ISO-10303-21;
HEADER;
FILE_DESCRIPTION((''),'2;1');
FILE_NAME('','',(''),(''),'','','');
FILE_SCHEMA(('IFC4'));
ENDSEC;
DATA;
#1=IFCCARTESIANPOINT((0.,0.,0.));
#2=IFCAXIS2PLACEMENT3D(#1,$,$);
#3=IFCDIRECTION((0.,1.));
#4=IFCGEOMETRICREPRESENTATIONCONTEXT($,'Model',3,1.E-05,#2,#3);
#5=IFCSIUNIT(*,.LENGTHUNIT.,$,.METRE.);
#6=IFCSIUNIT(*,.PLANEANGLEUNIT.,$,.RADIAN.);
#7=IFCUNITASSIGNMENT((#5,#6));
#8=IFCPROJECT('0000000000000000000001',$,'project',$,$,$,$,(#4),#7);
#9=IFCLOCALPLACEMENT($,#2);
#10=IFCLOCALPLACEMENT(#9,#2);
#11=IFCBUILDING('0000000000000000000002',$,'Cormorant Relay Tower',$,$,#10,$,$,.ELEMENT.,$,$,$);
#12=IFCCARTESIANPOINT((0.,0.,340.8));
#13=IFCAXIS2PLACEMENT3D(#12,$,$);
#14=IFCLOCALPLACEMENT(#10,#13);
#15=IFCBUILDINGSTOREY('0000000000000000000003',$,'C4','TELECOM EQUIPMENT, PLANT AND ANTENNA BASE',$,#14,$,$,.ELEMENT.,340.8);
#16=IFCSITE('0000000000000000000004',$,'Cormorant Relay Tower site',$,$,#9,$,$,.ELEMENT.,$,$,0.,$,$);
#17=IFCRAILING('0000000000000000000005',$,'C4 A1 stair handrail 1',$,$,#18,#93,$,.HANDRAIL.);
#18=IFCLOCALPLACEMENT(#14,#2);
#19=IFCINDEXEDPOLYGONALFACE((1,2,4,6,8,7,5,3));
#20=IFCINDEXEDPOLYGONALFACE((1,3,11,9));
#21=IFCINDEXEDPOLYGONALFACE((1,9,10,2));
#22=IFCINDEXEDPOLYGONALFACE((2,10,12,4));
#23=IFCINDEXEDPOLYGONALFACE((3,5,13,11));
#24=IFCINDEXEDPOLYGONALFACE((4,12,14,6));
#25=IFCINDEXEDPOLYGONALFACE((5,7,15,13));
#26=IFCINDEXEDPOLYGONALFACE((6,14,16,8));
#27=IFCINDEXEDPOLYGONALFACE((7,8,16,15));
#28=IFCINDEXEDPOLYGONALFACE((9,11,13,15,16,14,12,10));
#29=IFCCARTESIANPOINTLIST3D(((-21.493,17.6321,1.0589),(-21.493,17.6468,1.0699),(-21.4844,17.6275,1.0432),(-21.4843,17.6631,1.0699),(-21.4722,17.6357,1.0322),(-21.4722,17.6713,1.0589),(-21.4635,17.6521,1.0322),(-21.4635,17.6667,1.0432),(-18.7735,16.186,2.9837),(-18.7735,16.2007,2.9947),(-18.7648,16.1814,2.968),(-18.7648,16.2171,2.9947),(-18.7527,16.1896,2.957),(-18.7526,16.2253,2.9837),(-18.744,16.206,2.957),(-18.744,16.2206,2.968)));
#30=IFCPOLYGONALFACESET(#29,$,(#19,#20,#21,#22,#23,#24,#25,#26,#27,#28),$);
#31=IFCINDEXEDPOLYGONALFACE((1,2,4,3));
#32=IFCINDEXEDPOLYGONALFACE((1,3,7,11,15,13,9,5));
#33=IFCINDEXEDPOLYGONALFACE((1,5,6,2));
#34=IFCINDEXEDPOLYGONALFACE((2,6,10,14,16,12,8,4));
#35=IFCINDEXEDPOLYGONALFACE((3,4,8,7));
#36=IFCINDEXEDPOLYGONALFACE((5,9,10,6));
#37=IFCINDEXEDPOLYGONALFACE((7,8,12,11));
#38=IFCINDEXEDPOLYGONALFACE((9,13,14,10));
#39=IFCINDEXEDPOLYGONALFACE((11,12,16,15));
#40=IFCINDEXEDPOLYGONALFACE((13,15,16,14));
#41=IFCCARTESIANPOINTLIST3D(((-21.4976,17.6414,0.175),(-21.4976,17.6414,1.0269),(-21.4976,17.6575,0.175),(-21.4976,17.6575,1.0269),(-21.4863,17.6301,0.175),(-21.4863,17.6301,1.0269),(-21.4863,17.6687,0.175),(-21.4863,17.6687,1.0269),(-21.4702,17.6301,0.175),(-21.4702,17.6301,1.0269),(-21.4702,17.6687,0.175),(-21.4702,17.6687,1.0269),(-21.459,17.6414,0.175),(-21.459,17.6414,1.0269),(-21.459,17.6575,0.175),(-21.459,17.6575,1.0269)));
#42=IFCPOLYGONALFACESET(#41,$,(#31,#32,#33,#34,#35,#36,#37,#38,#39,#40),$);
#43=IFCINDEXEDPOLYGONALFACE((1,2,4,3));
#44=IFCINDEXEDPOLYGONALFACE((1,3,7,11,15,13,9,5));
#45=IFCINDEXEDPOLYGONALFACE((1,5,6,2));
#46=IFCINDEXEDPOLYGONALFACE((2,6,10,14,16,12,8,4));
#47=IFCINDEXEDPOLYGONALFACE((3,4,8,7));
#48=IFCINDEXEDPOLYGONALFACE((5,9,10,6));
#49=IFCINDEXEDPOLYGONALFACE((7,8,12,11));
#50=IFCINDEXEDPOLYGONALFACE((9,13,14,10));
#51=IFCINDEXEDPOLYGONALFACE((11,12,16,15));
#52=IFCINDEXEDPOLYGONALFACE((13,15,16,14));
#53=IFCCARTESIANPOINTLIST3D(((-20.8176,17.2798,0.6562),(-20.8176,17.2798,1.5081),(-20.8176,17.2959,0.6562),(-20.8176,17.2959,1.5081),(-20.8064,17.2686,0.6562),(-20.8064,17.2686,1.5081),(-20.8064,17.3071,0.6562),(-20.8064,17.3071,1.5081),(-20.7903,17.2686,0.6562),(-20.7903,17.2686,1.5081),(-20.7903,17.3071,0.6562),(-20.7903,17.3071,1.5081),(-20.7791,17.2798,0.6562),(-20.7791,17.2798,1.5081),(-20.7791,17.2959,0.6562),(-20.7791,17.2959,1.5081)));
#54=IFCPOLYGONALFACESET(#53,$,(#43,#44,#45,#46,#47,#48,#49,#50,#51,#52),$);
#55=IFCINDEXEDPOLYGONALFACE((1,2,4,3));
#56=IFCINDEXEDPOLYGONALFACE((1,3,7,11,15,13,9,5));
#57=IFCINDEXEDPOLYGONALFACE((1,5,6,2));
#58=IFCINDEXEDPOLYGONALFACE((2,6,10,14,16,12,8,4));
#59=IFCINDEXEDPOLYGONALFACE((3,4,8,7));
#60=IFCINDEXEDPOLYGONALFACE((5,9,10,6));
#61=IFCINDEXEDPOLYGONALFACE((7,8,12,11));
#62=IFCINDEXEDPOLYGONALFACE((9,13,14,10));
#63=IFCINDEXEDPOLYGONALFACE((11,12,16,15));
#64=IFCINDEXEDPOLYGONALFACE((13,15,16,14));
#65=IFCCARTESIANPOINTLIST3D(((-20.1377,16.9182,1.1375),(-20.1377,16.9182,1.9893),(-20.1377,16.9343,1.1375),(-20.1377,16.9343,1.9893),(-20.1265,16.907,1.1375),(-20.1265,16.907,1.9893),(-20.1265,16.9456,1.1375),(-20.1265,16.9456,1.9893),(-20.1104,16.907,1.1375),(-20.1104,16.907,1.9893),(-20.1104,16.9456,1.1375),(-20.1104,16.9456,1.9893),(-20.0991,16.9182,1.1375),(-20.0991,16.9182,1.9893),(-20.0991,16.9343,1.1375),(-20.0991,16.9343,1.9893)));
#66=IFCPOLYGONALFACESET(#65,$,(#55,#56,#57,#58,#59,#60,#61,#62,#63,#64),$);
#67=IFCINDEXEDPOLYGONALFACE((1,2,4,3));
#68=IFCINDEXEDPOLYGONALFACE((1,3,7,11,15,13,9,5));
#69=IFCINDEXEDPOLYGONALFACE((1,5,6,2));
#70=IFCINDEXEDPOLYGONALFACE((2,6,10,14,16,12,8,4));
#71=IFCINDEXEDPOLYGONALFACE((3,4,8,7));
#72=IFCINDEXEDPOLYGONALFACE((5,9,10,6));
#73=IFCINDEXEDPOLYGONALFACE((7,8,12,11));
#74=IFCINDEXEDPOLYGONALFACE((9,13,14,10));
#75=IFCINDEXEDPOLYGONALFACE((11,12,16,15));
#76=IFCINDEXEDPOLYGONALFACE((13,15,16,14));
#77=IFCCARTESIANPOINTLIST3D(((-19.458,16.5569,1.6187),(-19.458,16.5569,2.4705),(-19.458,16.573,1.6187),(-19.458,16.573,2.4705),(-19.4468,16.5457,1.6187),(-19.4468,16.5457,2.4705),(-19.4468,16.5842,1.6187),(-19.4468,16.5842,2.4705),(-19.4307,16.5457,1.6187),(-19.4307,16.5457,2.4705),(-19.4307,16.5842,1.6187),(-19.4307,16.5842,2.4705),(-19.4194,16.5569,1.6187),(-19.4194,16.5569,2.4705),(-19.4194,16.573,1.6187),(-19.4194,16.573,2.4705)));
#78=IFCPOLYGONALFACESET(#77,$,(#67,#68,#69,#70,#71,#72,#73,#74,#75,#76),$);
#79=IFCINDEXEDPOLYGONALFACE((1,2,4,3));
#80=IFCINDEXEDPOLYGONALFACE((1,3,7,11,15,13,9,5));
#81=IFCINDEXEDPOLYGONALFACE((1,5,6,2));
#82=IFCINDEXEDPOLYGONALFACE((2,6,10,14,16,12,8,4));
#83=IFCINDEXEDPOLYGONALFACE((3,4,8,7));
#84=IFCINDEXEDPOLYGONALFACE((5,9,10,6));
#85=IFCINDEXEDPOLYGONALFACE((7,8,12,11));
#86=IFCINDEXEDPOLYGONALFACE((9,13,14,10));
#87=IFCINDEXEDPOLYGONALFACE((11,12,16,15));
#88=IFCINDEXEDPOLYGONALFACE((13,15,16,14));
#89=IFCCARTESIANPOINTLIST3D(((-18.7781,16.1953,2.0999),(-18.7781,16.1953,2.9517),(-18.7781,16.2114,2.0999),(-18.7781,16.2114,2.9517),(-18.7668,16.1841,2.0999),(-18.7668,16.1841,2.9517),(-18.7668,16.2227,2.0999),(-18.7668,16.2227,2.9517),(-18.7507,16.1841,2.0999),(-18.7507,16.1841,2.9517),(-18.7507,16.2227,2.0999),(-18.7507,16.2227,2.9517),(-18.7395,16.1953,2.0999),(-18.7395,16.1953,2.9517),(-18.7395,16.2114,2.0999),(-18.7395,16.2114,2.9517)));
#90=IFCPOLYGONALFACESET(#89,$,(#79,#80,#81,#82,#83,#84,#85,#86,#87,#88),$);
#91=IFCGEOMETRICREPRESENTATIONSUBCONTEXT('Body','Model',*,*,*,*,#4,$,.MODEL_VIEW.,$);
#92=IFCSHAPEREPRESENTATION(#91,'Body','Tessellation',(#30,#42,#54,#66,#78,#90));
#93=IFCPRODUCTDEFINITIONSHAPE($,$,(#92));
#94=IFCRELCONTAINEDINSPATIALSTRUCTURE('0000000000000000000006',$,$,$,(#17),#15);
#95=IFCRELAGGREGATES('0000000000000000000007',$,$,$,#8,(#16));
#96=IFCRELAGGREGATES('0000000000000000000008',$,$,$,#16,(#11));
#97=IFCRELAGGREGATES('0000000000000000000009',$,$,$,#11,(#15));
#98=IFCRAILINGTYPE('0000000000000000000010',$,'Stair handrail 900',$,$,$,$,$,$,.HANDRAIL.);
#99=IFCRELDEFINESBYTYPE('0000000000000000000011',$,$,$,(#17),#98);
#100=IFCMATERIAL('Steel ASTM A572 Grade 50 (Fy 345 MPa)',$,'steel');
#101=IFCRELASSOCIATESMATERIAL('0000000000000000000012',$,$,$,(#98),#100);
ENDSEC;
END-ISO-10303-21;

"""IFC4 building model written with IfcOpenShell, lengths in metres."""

from ifc_helpers import new_model, si_unit, direction, frame, origin, place, context, subcontext, project, spatial, polyline, outline, extrude, material, type_object, element, save


model = new_model("IFC4")

# Units and contexts
model_context = context("Model", 3, precision=1e-05, world=origin(), true_north=direction((0.0, 1.0)))
body_context = subcontext(model_context, "Body", "Model", "MODEL_VIEW")
ifc_project = project(units=[si_unit("LENGTHUNIT", "METRE"), si_unit("PLANEANGLEUNIT", "RADIAN")], contexts=[model_context])

# Site, building, storey
site_placement = place(None, origin())
site = spatial("IfcSite", under=ifc_project, at=site_placement, Name="Cormorant Relay Tower site", CompositionType="ELEMENT", RefElevation=0.0)
building_placement = place(site_placement, origin())
building = spatial("IfcBuilding", under=site, at=building_placement, Name="Cormorant Relay Tower", CompositionType="ELEMENT")
storey_placement = place(building_placement, frame((0.0, 0.0, 340.8)))
storey = spatial("IfcBuildingStorey", under=building, at=storey_placement, Name="C4", Description="TELECOM EQUIPMENT, PLANT AND ANTENNA BASE", CompositionType="ELEMENT", Elevation=340.8)

# Railing
ifc_material_1 = material(Name="Steel ASTM A572 Grade 50 (Fy 345 MPa)", Category="steel")
railing_type_1 = type_object("IfcRailingType", Name="Stair handrail 900", PredefinedType="HANDRAIL", material=ifc_material_1)
railing_1_placement = place(storey_placement, frame((-21.4783, 17.6494, 0.175)))
element("IfcRailing", 1, at=railing_1_placement, inside=storey, type_object=railing_type_1, Name="C4 A1 stair handrail 1", PredefinedType="HANDRAIL", context=body_context, shape_type="SweptSolid", body=[
    extrude(outline(polyline([(0.0222, 0.0093), (0.0093, 0.0222), (-0.0093, 0.0222), (-0.0222, 0.0093), (-0.0222, -0.0093), (-0.0093, -0.0222), (0.0093, -0.0222), (0.0222, -0.0093), (0.0222, 0.0093)])), frame((0.0, 0.0, 0.876), z_axis=(0.748754, -0.398139, 0.529956), x_axis=(0.469489, 0.882938, 0.0)), (0.0, 0.0, 1.0), 3.6321),
    extrude(outline(polyline([(0.0193, 0.0081), (0.0081, 0.0193), (-0.0081, 0.0193), (-0.0193, 0.0081), (-0.0193, -0.0081), (-0.0081, -0.0193), (0.0081, -0.0193), (0.0193, -0.0081), (0.0193, 0.0081)])), origin(), (0.0, 0.0, 1.0), 0.8518),
    extrude(outline(polyline([(0.0193, 0.0081), (0.0081, 0.0193), (-0.0081, 0.0193), (-0.0193, 0.0081), (-0.0193, -0.0081), (-0.0081, -0.0193), (0.0081, -0.0193), (0.0193, -0.0081), (0.0193, 0.0081)])), frame((0.6799, -0.3616, 0.4812)), (0.0, 0.0, 1.0), 0.8518),
    extrude(outline(polyline([(0.0193, 0.0081), (0.0081, 0.0193), (-0.0081, 0.0193), (-0.0193, 0.0081), (-0.0193, -0.0081), (-0.0081, -0.0193), (0.0081, -0.0193), (0.0193, -0.0081), (0.0193, 0.0081)])), frame((1.3599, -0.7231, 0.9624)), (0.0, 0.0, 1.0), 0.8518),
    extrude(outline(polyline([(0.0193, 0.0081), (0.0081, 0.0193), (-0.0081, 0.0193), (-0.0193, 0.0081), (-0.0193, -0.0081), (-0.0081, -0.0193), (0.0081, -0.0193), (0.0193, -0.0081), (0.0193, 0.0081)])), frame((2.0396, -1.0845, 1.4436)), (0.0, 0.0, 1.0), 0.8518),
    extrude(outline(polyline([(0.0193, 0.0081), (0.0081, 0.0193), (-0.0081, 0.0193), (-0.0193, 0.0081), (-0.0193, -0.0081), (-0.0081, -0.0193), (0.0081, -0.0193), (0.0193, -0.0081), (0.0193, 0.0081)])), frame((2.7195, -1.446, 1.9248)), (0.0, 0.0, 1.0), 0.8518),
])

save(model, "model.ifc")
